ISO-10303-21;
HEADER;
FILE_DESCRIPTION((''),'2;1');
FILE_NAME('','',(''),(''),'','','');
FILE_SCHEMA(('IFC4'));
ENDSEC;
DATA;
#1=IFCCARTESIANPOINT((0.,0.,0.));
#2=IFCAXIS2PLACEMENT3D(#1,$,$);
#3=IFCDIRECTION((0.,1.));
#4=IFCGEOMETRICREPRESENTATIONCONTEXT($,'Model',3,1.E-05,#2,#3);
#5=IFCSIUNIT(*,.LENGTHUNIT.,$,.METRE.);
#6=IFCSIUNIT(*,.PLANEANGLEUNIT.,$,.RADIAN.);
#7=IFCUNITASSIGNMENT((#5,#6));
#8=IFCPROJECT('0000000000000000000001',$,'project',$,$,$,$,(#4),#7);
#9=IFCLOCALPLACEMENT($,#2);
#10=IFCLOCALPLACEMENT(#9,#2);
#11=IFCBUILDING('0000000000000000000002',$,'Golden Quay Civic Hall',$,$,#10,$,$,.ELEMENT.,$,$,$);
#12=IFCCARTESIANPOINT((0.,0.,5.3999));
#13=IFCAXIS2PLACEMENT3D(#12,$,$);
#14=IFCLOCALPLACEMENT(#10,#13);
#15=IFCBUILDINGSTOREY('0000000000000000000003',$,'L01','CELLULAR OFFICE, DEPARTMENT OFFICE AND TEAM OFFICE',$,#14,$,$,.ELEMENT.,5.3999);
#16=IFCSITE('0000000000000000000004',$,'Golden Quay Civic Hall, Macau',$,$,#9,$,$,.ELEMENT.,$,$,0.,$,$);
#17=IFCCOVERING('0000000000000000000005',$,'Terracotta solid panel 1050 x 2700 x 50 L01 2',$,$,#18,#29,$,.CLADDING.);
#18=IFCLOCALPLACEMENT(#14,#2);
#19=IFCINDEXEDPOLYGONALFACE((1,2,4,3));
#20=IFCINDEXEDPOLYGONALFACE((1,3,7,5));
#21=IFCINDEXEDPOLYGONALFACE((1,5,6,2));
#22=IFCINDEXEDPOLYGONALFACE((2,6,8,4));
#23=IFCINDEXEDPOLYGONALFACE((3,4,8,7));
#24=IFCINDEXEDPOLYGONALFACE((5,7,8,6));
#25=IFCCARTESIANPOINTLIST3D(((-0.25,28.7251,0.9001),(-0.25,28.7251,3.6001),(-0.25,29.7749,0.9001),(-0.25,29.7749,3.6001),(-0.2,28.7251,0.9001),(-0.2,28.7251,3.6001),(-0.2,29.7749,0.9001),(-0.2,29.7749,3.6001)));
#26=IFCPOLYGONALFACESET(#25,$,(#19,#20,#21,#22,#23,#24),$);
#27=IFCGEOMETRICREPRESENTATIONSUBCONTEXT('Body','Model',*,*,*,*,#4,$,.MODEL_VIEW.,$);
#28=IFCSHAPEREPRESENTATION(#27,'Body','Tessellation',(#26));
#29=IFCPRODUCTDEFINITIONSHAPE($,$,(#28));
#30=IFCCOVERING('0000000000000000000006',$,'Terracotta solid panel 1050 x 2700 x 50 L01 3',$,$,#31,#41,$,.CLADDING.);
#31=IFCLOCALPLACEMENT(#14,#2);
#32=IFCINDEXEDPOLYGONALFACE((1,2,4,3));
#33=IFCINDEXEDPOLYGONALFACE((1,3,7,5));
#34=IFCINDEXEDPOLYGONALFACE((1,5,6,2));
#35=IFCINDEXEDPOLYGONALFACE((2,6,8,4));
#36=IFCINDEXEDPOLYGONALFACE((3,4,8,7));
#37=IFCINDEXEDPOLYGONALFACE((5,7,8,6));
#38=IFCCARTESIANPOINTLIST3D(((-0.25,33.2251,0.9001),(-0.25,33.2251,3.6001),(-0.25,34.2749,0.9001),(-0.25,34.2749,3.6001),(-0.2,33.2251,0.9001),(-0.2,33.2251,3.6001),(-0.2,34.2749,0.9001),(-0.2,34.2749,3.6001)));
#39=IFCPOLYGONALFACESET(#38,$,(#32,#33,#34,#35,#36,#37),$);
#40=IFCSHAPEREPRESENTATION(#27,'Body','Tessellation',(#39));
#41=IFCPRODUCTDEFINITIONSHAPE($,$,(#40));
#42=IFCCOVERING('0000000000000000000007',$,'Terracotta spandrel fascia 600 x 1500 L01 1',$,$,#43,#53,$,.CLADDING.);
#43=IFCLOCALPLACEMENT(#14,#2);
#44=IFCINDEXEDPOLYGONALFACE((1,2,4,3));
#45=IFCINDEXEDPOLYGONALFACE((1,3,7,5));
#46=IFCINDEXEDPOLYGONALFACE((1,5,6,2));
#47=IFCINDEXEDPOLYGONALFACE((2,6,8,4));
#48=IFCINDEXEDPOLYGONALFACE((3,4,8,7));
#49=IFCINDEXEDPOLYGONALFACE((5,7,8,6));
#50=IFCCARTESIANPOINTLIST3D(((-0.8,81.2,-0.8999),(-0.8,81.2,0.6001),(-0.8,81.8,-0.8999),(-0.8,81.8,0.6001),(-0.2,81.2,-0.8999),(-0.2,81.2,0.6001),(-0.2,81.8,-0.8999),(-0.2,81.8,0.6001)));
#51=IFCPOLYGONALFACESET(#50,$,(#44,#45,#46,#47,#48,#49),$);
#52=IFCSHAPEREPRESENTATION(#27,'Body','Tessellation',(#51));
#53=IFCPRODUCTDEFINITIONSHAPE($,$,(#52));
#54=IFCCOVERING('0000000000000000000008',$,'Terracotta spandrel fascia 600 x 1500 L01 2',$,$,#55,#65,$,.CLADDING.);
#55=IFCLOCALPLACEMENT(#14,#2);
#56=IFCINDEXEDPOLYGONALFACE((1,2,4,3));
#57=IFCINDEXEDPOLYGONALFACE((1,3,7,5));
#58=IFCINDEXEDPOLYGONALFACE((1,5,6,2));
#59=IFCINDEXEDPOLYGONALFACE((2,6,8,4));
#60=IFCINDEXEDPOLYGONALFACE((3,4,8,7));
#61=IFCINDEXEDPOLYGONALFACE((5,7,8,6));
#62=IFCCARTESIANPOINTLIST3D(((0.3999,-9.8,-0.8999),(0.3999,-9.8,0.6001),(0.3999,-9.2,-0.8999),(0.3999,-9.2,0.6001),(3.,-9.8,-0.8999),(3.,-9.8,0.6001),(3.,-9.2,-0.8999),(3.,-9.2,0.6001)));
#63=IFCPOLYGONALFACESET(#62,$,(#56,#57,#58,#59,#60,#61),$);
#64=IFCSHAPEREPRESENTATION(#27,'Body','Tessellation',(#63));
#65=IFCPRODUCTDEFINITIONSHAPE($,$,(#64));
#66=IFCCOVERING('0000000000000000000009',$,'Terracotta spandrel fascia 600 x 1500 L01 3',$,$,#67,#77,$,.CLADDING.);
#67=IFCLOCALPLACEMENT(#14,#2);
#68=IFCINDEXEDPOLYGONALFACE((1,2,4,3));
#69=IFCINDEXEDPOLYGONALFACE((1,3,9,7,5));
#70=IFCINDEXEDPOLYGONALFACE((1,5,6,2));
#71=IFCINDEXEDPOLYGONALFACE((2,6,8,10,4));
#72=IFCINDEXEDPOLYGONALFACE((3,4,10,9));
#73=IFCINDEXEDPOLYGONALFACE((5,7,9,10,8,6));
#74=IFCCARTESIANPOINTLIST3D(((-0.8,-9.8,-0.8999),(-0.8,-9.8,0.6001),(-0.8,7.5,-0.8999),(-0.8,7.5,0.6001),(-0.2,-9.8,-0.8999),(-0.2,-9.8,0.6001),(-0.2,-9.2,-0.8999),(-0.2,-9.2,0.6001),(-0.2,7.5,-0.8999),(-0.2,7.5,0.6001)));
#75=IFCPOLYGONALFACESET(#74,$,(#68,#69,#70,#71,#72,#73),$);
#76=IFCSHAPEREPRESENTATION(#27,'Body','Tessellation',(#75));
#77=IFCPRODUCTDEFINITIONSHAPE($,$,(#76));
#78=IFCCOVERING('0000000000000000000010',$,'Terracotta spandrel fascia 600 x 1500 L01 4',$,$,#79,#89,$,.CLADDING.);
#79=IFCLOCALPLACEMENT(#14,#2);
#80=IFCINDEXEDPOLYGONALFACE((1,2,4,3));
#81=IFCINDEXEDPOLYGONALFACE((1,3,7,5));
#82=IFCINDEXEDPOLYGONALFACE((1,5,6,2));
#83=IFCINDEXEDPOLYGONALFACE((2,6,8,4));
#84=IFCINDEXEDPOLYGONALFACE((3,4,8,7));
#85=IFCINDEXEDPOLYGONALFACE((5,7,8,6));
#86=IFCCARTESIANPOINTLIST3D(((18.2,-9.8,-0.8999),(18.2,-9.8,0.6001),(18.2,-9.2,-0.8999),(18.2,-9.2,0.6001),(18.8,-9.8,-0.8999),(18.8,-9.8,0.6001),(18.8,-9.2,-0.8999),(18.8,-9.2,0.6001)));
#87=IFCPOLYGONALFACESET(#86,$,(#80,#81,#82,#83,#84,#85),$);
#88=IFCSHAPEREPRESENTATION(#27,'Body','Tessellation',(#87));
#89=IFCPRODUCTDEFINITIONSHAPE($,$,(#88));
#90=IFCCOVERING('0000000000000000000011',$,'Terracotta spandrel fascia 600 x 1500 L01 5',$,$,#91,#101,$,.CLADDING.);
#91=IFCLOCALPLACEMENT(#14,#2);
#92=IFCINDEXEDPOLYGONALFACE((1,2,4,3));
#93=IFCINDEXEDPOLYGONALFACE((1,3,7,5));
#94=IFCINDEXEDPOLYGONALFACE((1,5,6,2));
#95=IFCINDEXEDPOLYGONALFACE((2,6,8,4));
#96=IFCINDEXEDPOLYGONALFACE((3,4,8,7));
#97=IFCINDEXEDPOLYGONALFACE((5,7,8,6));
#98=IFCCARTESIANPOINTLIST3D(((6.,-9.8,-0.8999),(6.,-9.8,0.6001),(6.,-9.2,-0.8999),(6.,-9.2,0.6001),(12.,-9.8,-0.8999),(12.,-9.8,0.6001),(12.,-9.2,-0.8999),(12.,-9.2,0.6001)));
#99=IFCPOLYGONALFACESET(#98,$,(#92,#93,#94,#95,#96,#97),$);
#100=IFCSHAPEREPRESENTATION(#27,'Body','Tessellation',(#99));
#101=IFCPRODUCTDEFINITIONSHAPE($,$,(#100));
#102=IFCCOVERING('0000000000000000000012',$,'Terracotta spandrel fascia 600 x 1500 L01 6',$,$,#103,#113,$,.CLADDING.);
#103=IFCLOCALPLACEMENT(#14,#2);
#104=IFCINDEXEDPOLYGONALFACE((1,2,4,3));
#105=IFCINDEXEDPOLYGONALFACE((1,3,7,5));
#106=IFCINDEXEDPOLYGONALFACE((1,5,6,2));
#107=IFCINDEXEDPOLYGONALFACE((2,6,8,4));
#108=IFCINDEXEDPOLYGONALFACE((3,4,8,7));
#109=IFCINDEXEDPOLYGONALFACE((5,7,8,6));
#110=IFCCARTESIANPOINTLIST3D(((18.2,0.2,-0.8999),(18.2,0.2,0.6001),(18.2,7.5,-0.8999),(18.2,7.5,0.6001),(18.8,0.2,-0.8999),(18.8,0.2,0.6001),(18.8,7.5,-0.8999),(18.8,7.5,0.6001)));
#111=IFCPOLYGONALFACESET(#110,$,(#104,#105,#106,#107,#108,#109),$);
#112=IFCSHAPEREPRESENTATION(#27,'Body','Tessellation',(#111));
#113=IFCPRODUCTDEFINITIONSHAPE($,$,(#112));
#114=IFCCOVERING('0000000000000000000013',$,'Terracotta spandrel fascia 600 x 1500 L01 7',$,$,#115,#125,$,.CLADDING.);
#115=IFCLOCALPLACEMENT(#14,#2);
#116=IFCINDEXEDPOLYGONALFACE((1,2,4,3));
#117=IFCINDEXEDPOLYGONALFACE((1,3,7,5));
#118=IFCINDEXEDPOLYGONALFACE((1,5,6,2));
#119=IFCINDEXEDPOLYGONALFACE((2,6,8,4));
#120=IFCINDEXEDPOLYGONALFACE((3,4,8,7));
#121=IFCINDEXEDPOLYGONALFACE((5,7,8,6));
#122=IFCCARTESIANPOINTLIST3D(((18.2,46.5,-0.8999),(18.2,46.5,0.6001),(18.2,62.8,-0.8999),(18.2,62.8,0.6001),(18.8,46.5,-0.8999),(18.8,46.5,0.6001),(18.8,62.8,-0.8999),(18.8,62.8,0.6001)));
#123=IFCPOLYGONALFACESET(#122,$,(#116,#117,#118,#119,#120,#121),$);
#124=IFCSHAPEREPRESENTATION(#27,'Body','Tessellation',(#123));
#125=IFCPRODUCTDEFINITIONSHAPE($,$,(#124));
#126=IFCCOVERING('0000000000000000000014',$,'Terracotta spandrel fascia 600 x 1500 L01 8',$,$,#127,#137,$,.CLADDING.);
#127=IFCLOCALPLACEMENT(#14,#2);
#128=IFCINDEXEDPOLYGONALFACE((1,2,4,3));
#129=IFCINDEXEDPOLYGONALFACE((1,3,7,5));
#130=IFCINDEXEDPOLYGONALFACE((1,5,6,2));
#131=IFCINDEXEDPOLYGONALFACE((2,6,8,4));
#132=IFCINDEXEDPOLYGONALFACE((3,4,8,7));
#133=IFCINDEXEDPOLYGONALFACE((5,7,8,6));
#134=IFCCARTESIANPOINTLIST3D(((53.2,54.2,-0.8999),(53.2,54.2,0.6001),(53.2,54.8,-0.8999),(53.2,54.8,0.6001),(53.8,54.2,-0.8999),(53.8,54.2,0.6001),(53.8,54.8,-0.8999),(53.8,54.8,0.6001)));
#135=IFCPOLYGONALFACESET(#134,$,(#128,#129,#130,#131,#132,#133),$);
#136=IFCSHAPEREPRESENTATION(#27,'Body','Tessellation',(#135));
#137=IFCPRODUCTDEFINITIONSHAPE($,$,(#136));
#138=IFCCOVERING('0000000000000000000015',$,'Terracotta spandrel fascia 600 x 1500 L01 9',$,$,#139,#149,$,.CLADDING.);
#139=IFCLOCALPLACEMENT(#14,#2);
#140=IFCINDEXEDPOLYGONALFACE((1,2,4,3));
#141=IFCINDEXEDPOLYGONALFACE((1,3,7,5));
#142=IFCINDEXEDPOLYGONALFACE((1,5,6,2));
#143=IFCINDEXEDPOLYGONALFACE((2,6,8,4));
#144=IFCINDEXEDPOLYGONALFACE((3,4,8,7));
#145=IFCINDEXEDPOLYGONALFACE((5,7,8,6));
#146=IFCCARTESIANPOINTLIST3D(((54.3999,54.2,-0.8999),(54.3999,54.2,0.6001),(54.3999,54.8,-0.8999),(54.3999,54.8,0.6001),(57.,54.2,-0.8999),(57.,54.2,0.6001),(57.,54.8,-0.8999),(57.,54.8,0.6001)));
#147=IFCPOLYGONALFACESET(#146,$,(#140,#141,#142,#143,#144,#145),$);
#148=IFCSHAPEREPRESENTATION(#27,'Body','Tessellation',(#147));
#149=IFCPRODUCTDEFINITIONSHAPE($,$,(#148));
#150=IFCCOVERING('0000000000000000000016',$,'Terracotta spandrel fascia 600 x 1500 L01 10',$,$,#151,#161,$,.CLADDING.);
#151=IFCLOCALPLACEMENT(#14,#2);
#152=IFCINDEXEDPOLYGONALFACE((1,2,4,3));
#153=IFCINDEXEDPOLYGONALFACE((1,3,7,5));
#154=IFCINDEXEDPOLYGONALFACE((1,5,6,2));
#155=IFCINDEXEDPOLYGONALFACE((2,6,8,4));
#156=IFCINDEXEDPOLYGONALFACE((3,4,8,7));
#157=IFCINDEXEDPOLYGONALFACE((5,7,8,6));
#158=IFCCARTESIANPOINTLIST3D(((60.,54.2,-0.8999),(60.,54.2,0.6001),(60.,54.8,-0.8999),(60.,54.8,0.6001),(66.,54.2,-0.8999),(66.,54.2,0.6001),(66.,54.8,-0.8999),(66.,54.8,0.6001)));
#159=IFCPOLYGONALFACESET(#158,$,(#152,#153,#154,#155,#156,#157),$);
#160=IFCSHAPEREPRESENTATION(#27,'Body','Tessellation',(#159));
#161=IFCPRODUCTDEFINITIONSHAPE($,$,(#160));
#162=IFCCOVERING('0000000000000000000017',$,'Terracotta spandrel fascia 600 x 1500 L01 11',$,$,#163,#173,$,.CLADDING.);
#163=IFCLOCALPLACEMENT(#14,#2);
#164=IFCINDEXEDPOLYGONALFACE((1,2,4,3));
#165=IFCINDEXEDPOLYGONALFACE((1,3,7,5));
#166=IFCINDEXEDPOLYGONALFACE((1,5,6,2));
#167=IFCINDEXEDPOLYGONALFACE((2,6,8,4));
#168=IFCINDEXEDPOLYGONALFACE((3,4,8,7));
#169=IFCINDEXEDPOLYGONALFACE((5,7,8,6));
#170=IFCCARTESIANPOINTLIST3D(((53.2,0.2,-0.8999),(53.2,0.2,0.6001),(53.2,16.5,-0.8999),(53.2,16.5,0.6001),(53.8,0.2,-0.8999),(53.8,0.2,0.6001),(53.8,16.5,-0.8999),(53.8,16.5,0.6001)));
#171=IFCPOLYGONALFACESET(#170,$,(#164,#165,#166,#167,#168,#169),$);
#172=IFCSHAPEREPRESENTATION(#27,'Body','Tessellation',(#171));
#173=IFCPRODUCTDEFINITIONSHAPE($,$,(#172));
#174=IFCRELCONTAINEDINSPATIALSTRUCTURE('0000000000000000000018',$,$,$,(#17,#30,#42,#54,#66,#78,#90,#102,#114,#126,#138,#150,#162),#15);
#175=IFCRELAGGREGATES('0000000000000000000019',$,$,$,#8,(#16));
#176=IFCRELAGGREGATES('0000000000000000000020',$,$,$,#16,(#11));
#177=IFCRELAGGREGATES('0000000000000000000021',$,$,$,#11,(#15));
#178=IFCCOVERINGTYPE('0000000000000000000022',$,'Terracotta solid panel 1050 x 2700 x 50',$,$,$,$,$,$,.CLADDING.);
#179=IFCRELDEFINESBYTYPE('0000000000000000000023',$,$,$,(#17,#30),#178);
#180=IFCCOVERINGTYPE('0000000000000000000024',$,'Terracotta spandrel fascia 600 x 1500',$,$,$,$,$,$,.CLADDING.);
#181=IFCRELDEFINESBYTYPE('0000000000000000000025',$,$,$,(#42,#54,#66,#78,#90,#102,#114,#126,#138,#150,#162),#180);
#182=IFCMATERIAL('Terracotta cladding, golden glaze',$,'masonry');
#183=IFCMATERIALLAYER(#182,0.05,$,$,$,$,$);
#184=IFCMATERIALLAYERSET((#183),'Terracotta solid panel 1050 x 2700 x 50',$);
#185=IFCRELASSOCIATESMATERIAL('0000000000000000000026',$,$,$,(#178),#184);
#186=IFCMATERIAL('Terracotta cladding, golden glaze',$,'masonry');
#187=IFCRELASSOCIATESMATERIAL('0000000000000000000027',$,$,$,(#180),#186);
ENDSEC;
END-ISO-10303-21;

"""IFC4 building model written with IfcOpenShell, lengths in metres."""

from ifc_helpers import new_model, si_unit, direction, frame, origin, place, context, subcontext, project, spatial, polyline, outline, extrude, material, layer, layer_set, type_object, element, save


model = new_model("IFC4")

# Units and contexts
model_context = context("Model", 3, precision=1e-05, world=origin(), true_north=direction((0.0, 1.0)))
body_context = subcontext(model_context, "Body", "Model", "MODEL_VIEW")
ifc_project = project(units=[si_unit("LENGTHUNIT", "METRE"), si_unit("PLANEANGLEUNIT", "RADIAN")], contexts=[model_context])

# Site, building, storey
site_placement = place(None, origin())
site = spatial("IfcSite", under=ifc_project, at=site_placement, Name="Golden Quay Civic Hall, Macau", CompositionType="ELEMENT", RefElevation=0.0)
building_placement = place(site_placement, origin())
building = spatial("IfcBuilding", under=site, at=building_placement, Name="Golden Quay Civic Hall", CompositionType="ELEMENT")
storey_placement = place(building_placement, frame((0.0, 0.0, 5.3999)))
storey = spatial("IfcBuildingStorey", under=building, at=storey_placement, Name="L01", Description="CELLULAR OFFICE, DEPARTMENT OFFICE AND TEAM OFFICE", CompositionType="ELEMENT", Elevation=5.3999)

# Coverings
ifc_material_1 = material(Name="Terracotta cladding, golden glaze", Category="masonry")
ifc_layer_1 = layer(ifc_material_1, 0.05)
ifc_layer_set_1 = layer_set([ifc_layer_1], Name="Terracotta solid panel 1050 x 2700 x 50")
covering_type_1 = type_object("IfcCoveringType", Name="Terracotta solid panel 1050 x 2700 x 50", PredefinedType="CLADDING", material=ifc_layer_set_1)
covering_1_placement = place(storey_placement, frame((0.0, 0.0, 0.9001)))
element("IfcCovering", 1, at=covering_1_placement, inside=storey, type_object=covering_type_1, Name="Terracotta solid panel 1050 x 2700 x 50 L01 2", PredefinedType="CLADDING", context=body_context, shape_type="SweptSolid", body=[
    extrude(outline(polyline([(-0.2, 28.7251), (-0.2, 29.7749), (-0.25, 29.7749), (-0.25, 28.7251), (-0.2, 28.7251)])), origin(), (0.0, 0.0, 1.0), 2.7),
])
covering_2_placement = place(storey_placement, frame((0.0, 0.0, 0.9001)))
element("IfcCovering", 2, at=covering_2_placement, inside=storey, type_object=covering_type_1, Name="Terracotta solid panel 1050 x 2700 x 50 L01 3", PredefinedType="CLADDING", context=body_context, shape_type="SweptSolid", body=[
    extrude(outline(polyline([(-0.2, 33.2251), (-0.2, 34.2749), (-0.25, 34.2749), (-0.25, 33.2251), (-0.2, 33.2251)])), origin(), (0.0, 0.0, 1.0), 2.7),
])
ifc_material_2 = material(Name="Terracotta cladding, golden glaze", Category="masonry")
covering_type_2 = type_object("IfcCoveringType", Name="Terracotta spandrel fascia 600 x 1500", PredefinedType="CLADDING", material=ifc_material_2)
covering_3_placement = place(storey_placement, frame((0.0, 0.0, -0.8999)))
element("IfcCovering", 3, at=covering_3_placement, inside=storey, type_object=covering_type_2, Name="Terracotta spandrel fascia 600 x 1500 L01 1", PredefinedType="CLADDING", context=body_context, shape_type="SweptSolid", body=[
    extrude(outline(polyline([(-0.2, 81.8), (-0.2, 81.2), (-0.8, 81.2), (-0.8, 81.8), (-0.2, 81.8)])), origin(), (0.0, 0.0, 1.0), 1.5),
])
covering_4_placement = place(storey_placement, frame((0.0, 0.0, -0.8999)))
element("IfcCovering", 4, at=covering_4_placement, inside=storey, type_object=covering_type_2, Name="Terracotta spandrel fascia 600 x 1500 L01 2", PredefinedType="CLADDING", context=body_context, shape_type="SweptSolid", body=[
    extrude(outline(polyline([(0.3999, -9.2), (3.0, -9.2), (3.0, -9.8), (0.3999, -9.8), (0.3999, -9.2)])), origin(), (0.0, 0.0, 1.0), 1.5),
])
covering_5_placement = place(storey_placement, frame((0.0, 0.0, -0.8999)))
element("IfcCovering", 5, at=covering_5_placement, inside=storey, type_object=covering_type_2, Name="Terracotta spandrel fascia 600 x 1500 L01 3", PredefinedType="CLADDING", context=body_context, shape_type="SweptSolid", body=[
    extrude(outline(polyline([(-0.8, 7.5), (-0.2, 7.5), (-0.2, -9.2), (-0.2, -9.8), (-0.8, -9.8), (-0.8, 7.5)])), origin(), (0.0, 0.0, 1.0), 1.5),
])
covering_6_placement = place(storey_placement, frame((0.0, 0.0, -0.8999)))
element("IfcCovering", 6, at=covering_6_placement, inside=storey, type_object=covering_type_2, Name="Terracotta spandrel fascia 600 x 1500 L01 4", PredefinedType="CLADDING", context=body_context, shape_type="SweptSolid", body=[
    extrude(outline(polyline([(18.2, -9.2), (18.8, -9.2), (18.8, -9.8), (18.2, -9.8), (18.2, -9.2)])), origin(), (0.0, 0.0, 1.0), 1.5),
])
covering_7_placement = place(storey_placement, frame((0.0, 0.0, -0.8999)))
element("IfcCovering", 7, at=covering_7_placement, inside=storey, type_object=covering_type_2, Name="Terracotta spandrel fascia 600 x 1500 L01 5", PredefinedType="CLADDING", context=body_context, shape_type="SweptSolid", body=[
    extrude(outline(polyline([(12.0, -9.2), (12.0, -9.8), (6.0, -9.8), (6.0, -9.2), (12.0, -9.2)])), origin(), (0.0, 0.0, 1.0), 1.5),
])
covering_8_placement = place(storey_placement, frame((0.0, 0.0, -0.8999)))
element("IfcCovering", 8, at=covering_8_placement, inside=storey, type_object=covering_type_2, Name="Terracotta spandrel fascia 600 x 1500 L01 6", PredefinedType="CLADDING", context=body_context, shape_type="SweptSolid", body=[
    extrude(outline(polyline([(18.2, 0.2), (18.2, 7.5), (18.8, 7.5), (18.8, 0.2), (18.2, 0.2)])), origin(), (0.0, 0.0, 1.0), 1.5),
])
covering_9_placement = place(storey_placement, frame((0.0, 0.0, -0.8999)))
element("IfcCovering", 9, at=covering_9_placement, inside=storey, type_object=covering_type_2, Name="Terracotta spandrel fascia 600 x 1500 L01 7", PredefinedType="CLADDING", context=body_context, shape_type="SweptSolid", body=[
    extrude(outline(polyline([(18.8, 62.8), (18.8, 46.5), (18.2, 46.5), (18.2, 62.8), (18.8, 62.8)])), origin(), (0.0, 0.0, 1.0), 1.5),
])
covering_10_placement = place(storey_placement, frame((0.0, 0.0, -0.8999)))
element("IfcCovering", 10, at=covering_10_placement, inside=storey, type_object=covering_type_2, Name="Terracotta spandrel fascia 600 x 1500 L01 8", PredefinedType="CLADDING", context=body_context, shape_type="SweptSolid", body=[
    extrude(outline(polyline([(53.8, 54.2), (53.2, 54.2), (53.2, 54.8), (53.8, 54.8), (53.8, 54.2)])), origin(), (0.0, 0.0, 1.0), 1.5),
])
covering_11_placement = place(storey_placement, frame((0.0, 0.0, -0.8999)))
element("IfcCovering", 11, at=covering_11_placement, inside=storey, type_object=covering_type_2, Name="Terracotta spandrel fascia 600 x 1500 L01 9", PredefinedType="CLADDING", context=body_context, shape_type="SweptSolid", body=[
    extrude(outline(polyline([(57.0, 54.2), (54.3999, 54.2), (54.3999, 54.8), (57.0, 54.8), (57.0, 54.2)])), origin(), (0.0, 0.0, 1.0), 1.5),
])
covering_12_placement = place(storey_placement, frame((0.0, 0.0, -0.8999)))
element("IfcCovering", 12, at=covering_12_placement, inside=storey, type_object=covering_type_2, Name="Terracotta spandrel fascia 600 x 1500 L01 10", PredefinedType="CLADDING", context=body_context, shape_type="SweptSolid", body=[
    extrude(outline(polyline([(66.0, 54.8), (66.0, 54.2), (60.0, 54.2), (60.0, 54.8), (66.0, 54.8)])), origin(), (0.0, 0.0, 1.0), 1.5),
])
covering_13_placement = place(storey_placement, frame((0.0, 0.0, -0.8999)))
element("IfcCovering", 13, at=covering_13_placement, inside=storey, type_object=covering_type_2, Name="Terracotta spandrel fascia 600 x 1500 L01 11", PredefinedType="CLADDING", context=body_context, shape_type="SweptSolid", body=[
    extrude(outline(polyline([(53.8, 16.5), (53.8, 0.2), (53.2, 0.2), (53.2, 16.5), (53.8, 16.5)])), origin(), (0.0, 0.0, 1.0), 1.5),
])

save(model, "model.ifc")
